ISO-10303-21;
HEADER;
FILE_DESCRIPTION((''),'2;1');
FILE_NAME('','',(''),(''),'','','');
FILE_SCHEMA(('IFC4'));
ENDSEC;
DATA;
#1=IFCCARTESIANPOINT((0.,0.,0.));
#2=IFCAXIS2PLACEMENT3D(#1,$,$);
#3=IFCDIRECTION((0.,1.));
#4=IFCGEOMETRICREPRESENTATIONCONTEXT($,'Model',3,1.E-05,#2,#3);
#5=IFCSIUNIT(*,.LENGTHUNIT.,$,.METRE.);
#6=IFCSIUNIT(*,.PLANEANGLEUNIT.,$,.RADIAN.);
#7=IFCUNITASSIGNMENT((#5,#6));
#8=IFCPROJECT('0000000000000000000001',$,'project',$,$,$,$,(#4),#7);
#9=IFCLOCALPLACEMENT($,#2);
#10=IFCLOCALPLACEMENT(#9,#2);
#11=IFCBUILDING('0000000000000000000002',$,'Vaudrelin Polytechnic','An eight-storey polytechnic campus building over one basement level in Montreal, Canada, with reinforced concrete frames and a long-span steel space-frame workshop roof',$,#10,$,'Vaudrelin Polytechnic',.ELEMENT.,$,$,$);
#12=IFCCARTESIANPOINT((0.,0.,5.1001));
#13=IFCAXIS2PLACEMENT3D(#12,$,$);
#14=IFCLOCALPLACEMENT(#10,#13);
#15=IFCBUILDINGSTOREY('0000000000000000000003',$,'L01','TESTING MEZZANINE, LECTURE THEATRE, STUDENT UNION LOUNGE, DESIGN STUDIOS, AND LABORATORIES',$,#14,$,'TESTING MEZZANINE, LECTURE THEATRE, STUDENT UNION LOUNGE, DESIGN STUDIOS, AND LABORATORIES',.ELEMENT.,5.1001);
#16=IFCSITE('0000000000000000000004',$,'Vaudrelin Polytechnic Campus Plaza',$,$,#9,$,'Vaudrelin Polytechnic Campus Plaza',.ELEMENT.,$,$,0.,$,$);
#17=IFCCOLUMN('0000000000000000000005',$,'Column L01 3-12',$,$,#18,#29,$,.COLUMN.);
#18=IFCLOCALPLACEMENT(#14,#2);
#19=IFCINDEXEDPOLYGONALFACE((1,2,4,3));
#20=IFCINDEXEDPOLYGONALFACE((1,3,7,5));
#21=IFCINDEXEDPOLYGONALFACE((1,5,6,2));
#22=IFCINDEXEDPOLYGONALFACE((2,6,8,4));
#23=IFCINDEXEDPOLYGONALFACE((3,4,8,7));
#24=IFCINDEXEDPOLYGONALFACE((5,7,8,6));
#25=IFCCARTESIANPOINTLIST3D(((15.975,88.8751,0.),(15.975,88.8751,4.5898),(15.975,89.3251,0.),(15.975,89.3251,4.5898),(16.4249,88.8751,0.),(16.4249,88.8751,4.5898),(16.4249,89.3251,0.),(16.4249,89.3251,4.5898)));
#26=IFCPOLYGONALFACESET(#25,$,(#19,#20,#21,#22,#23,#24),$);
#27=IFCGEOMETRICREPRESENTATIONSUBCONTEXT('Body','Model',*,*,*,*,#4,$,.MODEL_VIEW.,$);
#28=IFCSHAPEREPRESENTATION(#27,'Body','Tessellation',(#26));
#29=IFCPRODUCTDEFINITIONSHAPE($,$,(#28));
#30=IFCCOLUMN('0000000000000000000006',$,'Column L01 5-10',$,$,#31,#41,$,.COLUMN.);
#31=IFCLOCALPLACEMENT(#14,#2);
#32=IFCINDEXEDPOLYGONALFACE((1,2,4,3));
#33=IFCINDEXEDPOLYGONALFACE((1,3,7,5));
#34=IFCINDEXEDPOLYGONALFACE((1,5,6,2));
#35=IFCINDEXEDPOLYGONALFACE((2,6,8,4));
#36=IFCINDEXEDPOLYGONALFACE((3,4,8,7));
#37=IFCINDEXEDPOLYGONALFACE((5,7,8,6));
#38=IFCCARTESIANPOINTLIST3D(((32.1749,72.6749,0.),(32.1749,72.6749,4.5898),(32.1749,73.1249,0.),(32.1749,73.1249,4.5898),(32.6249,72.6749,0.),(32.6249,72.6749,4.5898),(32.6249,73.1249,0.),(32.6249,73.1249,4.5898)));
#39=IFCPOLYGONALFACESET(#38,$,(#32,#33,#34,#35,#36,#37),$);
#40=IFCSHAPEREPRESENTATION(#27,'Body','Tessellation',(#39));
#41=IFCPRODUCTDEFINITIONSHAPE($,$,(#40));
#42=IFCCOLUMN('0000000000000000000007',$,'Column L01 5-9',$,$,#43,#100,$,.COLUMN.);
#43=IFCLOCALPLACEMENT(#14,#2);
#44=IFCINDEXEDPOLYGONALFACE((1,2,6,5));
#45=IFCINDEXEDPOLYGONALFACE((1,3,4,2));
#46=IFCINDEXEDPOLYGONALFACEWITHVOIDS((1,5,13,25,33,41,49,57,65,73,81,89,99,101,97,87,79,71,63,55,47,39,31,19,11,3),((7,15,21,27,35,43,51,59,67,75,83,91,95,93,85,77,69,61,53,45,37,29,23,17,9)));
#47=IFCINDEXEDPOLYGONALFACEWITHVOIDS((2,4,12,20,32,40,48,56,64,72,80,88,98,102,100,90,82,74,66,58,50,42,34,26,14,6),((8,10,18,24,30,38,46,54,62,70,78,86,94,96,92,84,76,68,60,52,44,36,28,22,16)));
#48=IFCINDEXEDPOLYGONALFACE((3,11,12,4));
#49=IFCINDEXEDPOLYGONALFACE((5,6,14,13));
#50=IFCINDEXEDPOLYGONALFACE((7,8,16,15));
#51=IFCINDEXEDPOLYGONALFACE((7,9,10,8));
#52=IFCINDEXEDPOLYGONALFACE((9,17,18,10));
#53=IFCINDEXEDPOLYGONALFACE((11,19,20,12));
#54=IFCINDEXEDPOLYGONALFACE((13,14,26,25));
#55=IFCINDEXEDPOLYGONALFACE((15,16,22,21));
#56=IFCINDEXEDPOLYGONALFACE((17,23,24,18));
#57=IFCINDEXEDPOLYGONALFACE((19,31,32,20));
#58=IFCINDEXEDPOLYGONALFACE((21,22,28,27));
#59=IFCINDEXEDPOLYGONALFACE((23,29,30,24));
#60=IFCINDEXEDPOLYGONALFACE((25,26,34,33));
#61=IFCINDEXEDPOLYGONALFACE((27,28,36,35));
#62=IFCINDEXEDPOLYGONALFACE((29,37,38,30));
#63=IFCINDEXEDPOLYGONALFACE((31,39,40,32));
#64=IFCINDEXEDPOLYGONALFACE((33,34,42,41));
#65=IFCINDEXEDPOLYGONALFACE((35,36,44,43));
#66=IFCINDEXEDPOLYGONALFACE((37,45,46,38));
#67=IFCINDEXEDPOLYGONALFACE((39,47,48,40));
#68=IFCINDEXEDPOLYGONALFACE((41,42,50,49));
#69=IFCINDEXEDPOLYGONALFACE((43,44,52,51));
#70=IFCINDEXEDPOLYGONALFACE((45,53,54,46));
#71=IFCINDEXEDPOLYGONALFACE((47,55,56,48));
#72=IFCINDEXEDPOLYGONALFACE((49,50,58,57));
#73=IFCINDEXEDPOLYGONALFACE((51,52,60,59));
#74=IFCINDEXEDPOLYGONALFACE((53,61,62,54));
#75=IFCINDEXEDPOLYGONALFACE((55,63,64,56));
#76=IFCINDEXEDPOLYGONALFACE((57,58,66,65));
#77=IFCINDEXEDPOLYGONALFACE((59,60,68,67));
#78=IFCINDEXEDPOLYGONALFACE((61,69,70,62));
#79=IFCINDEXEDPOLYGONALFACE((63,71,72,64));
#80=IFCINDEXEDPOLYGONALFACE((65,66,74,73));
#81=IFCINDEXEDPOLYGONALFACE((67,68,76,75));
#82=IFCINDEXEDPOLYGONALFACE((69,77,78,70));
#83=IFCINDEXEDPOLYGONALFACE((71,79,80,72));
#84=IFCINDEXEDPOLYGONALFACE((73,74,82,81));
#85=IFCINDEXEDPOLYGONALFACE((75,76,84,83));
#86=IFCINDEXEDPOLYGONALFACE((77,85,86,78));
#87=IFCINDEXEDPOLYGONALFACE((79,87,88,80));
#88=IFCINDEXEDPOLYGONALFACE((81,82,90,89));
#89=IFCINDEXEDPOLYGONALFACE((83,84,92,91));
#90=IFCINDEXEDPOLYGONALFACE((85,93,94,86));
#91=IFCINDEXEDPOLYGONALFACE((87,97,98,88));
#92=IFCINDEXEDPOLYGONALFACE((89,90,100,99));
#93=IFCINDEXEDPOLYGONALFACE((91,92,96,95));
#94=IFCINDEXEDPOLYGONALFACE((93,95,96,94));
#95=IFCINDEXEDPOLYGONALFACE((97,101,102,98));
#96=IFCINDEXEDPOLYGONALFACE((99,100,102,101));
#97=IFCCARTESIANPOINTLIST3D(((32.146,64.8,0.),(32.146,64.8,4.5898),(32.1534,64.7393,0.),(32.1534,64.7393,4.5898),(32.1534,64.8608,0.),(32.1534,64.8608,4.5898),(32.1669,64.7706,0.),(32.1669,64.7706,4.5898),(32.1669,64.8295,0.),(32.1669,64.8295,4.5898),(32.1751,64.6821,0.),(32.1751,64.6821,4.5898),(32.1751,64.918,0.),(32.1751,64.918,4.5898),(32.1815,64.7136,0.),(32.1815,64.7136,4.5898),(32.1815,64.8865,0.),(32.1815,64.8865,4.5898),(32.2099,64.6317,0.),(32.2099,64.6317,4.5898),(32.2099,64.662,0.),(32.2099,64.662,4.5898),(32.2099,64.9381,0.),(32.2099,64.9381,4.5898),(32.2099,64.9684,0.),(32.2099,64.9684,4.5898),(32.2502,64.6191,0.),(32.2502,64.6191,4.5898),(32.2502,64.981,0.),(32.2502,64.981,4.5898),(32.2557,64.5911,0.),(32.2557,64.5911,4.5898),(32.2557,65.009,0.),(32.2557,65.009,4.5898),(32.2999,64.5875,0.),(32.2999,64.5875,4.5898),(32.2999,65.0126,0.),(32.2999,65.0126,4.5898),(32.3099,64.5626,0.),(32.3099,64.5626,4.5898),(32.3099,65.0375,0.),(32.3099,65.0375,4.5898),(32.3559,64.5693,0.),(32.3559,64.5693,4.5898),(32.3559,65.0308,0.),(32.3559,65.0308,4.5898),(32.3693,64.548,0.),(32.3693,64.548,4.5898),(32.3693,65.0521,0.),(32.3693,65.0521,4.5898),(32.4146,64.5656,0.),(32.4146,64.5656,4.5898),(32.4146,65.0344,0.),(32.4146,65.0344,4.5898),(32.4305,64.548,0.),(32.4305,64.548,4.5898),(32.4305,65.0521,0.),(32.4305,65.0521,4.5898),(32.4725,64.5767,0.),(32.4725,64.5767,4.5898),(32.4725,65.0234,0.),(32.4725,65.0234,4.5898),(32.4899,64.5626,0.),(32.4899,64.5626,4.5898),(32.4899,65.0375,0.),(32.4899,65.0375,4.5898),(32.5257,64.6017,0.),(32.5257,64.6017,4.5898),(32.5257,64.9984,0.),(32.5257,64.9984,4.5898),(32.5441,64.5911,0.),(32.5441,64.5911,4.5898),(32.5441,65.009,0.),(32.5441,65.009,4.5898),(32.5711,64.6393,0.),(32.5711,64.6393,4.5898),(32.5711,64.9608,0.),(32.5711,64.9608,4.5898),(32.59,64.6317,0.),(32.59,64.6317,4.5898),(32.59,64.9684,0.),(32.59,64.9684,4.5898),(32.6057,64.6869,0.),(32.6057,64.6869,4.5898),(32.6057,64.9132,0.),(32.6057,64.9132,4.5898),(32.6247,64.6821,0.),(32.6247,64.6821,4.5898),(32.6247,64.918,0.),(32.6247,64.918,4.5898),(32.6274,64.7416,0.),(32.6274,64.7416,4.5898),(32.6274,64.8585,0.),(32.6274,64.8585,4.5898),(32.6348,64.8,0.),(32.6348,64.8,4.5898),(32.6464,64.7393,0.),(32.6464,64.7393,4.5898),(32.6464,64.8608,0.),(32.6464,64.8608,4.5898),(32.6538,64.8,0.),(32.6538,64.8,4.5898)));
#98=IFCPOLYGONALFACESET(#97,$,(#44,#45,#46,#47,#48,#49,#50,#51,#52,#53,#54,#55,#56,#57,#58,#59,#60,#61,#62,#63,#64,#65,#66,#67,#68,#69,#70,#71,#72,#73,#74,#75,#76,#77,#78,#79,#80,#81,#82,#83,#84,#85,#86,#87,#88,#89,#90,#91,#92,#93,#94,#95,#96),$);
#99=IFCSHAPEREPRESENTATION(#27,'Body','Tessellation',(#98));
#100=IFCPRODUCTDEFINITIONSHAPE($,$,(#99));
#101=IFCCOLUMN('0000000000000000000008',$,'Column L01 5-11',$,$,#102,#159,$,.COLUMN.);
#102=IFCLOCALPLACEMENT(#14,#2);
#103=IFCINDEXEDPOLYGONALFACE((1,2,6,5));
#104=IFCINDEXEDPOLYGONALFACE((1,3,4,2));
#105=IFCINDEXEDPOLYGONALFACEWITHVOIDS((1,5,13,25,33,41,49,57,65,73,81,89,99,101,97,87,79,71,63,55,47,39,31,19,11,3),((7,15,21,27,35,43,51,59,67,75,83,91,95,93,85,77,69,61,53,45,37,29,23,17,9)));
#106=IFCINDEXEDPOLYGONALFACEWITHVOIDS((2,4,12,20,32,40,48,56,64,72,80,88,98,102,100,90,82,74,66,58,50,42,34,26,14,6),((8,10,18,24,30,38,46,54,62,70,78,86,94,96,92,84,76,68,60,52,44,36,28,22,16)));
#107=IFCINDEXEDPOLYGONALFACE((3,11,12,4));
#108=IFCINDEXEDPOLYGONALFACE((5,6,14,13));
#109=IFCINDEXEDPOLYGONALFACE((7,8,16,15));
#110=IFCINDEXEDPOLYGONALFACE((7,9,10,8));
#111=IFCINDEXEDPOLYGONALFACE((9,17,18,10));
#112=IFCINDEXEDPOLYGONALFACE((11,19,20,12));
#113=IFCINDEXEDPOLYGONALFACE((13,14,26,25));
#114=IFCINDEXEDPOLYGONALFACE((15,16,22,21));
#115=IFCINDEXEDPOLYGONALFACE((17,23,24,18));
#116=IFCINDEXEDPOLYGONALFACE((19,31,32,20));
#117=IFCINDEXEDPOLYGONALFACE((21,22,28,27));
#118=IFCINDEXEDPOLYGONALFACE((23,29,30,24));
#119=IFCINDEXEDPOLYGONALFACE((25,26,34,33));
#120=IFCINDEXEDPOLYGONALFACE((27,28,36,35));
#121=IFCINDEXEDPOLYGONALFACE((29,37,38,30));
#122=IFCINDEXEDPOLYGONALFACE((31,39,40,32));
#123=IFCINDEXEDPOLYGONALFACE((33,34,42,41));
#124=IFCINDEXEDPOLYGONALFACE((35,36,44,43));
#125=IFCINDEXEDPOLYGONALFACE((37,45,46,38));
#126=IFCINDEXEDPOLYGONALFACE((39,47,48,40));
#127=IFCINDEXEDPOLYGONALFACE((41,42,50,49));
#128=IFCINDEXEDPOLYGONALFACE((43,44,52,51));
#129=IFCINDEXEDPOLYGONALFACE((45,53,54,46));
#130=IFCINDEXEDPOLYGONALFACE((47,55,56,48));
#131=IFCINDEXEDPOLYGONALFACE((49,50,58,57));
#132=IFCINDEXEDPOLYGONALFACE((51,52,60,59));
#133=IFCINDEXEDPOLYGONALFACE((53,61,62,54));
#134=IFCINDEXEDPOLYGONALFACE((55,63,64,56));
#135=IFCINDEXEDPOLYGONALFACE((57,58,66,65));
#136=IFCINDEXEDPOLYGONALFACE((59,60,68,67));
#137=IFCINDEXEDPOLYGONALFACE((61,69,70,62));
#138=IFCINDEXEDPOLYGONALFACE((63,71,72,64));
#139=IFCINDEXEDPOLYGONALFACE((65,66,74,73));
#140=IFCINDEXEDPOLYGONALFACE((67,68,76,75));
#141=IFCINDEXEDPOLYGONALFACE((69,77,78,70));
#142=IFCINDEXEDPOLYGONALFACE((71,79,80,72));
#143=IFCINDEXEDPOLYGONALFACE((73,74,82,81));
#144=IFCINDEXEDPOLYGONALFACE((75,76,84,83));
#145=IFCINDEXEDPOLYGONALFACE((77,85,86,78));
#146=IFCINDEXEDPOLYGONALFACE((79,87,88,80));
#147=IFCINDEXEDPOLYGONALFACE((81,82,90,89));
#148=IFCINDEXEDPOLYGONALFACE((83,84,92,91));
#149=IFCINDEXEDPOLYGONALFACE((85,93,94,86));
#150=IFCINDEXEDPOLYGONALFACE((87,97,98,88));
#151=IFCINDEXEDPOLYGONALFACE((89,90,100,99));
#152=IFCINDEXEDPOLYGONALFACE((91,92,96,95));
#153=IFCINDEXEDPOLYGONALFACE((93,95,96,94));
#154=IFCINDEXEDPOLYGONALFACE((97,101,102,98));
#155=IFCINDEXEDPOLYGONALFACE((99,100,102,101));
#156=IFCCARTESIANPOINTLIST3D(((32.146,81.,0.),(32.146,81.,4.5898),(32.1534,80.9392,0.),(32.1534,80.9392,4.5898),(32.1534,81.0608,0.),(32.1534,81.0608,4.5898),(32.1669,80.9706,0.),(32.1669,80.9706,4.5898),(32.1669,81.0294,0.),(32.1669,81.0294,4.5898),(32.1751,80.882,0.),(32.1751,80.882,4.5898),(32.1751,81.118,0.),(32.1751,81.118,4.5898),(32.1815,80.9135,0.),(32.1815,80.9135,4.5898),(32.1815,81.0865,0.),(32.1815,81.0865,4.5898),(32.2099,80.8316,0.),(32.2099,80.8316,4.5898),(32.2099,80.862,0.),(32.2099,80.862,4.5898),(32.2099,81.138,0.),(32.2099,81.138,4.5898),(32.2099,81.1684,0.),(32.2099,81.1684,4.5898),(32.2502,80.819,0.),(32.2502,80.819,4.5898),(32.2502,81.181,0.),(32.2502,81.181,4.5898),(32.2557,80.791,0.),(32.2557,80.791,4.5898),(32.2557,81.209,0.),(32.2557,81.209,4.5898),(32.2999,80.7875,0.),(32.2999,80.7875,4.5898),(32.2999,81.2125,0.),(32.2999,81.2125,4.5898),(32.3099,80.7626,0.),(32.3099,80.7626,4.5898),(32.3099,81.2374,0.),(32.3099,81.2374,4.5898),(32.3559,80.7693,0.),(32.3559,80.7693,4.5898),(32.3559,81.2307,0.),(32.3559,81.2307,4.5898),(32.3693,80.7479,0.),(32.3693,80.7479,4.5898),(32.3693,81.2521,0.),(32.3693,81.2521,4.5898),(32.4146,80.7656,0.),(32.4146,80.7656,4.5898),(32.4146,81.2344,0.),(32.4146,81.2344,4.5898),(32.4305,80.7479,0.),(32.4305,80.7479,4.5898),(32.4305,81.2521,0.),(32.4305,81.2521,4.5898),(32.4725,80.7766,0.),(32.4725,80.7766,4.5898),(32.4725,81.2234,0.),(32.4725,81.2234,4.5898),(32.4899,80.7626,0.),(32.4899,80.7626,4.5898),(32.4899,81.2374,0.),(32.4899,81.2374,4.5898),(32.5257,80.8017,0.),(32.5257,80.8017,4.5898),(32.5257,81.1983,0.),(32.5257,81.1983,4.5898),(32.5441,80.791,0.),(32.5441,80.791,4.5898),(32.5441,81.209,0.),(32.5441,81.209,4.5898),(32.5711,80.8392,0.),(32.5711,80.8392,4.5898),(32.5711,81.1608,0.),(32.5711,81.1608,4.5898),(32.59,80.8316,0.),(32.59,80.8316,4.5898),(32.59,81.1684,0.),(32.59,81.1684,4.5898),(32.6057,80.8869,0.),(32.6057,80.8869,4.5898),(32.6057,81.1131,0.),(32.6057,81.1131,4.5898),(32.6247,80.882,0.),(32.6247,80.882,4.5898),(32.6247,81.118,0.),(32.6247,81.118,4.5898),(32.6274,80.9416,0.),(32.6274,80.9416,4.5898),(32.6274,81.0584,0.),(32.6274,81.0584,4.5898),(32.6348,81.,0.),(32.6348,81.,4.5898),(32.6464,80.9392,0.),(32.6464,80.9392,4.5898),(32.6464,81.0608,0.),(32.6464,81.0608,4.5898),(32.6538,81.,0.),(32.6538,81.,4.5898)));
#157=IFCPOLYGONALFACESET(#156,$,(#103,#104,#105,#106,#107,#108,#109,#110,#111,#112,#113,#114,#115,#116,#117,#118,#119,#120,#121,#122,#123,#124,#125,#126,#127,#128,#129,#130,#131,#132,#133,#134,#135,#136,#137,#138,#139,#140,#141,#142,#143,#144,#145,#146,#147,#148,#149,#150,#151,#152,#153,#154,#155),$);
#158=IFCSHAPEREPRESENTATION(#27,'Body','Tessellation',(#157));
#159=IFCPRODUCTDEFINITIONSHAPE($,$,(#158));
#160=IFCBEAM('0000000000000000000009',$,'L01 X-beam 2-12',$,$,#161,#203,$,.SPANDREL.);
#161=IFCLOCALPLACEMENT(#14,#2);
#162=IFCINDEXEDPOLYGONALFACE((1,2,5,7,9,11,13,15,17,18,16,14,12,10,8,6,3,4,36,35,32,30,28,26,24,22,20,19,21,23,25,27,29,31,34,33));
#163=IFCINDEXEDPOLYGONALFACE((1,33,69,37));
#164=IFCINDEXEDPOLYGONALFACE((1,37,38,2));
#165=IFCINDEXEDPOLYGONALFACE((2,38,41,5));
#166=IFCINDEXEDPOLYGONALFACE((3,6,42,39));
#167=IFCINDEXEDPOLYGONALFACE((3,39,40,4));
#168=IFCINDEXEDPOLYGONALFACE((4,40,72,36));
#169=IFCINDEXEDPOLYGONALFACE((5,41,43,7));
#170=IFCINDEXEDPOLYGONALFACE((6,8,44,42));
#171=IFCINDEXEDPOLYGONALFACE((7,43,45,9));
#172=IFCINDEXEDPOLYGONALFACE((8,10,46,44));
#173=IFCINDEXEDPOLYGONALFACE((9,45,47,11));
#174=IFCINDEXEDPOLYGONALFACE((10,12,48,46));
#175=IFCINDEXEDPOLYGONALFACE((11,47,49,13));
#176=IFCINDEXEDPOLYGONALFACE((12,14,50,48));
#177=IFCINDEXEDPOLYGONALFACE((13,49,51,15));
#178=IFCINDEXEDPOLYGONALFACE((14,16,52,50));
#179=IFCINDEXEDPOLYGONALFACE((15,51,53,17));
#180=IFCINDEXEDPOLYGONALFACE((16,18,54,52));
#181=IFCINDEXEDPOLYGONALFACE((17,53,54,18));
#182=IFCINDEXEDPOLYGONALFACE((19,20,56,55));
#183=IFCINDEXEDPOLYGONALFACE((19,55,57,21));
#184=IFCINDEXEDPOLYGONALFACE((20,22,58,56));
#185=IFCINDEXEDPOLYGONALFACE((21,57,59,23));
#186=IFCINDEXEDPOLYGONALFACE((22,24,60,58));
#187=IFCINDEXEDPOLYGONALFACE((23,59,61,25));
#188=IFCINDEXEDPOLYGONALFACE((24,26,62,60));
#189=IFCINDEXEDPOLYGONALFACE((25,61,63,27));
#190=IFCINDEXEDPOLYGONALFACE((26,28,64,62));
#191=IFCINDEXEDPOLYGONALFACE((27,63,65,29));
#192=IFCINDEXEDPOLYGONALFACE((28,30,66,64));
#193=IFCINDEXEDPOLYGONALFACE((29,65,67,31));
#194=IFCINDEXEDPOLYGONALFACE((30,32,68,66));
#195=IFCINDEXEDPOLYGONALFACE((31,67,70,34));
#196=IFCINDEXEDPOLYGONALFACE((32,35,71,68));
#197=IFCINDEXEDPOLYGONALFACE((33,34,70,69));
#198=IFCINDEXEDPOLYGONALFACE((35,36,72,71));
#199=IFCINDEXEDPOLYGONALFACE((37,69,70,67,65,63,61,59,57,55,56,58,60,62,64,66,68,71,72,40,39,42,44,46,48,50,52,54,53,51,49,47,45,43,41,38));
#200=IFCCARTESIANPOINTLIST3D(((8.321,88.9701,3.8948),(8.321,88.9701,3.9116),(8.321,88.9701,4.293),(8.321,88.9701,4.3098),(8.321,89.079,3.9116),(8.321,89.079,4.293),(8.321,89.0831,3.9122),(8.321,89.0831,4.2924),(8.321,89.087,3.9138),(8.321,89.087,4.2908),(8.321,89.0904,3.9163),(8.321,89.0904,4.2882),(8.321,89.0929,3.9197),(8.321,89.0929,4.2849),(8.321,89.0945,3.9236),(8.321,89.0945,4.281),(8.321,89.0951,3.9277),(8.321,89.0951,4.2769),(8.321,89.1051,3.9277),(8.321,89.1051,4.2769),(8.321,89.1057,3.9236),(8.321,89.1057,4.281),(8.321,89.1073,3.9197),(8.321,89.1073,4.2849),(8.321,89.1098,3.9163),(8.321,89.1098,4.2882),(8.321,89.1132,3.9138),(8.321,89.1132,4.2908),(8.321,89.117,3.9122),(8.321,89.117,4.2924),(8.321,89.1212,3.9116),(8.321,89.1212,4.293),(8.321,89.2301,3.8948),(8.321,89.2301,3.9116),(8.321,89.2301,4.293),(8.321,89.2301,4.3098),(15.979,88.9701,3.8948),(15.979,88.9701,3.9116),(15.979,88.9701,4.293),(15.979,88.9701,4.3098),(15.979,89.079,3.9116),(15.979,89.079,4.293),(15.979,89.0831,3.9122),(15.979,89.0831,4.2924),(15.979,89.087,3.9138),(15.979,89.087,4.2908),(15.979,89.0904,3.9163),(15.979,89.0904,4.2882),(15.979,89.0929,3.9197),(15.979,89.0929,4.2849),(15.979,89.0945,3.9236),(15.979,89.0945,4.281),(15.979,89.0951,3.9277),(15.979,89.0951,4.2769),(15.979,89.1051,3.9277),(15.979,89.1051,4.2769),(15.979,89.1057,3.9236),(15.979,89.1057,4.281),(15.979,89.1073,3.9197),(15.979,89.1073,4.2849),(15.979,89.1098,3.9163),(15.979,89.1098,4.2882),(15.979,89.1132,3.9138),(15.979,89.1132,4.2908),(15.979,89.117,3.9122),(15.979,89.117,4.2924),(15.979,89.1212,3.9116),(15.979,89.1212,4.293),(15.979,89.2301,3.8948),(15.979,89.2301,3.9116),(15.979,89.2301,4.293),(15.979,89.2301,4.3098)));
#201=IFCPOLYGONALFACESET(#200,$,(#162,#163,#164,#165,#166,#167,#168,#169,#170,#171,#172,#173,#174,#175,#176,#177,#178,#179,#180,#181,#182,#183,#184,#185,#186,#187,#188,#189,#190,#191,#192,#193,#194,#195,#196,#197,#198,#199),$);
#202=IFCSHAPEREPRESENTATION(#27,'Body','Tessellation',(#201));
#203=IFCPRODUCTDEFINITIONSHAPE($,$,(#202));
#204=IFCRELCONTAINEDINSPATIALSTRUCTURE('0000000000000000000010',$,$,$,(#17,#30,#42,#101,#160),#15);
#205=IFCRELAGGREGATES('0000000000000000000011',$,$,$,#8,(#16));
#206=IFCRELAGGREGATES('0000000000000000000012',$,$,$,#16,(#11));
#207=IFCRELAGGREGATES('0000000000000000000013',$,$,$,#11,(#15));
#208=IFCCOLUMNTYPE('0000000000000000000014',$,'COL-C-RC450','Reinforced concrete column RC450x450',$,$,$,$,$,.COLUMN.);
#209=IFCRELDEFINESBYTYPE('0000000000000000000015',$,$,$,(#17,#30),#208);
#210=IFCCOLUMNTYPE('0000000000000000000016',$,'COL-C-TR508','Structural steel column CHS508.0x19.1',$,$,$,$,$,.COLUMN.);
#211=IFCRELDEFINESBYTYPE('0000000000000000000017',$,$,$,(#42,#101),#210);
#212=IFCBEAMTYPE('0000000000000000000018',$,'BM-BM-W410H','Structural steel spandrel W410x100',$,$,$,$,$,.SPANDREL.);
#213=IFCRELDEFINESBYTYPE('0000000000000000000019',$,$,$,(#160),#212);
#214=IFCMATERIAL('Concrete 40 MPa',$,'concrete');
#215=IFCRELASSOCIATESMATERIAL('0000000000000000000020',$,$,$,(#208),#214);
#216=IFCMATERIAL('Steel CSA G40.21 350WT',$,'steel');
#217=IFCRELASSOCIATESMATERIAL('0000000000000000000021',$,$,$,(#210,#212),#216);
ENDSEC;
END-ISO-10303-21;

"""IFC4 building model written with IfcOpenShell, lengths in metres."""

from ifc_helpers import new_model, si_unit, direction, frame, origin, origin_2d, place, context, subcontext, project, spatial, rectangle, hollow_circle, i_section, extrude, material, material_profile, profile_set, type_object, element, save


model = new_model("IFC4")

# Units and contexts
model_context = context("Model", 3, precision=1e-05, world=origin(), true_north=direction((0.0, 1.0)))
body_context = subcontext(model_context, "Body", "Model", "MODEL_VIEW")
ifc_project = project(units=[si_unit("LENGTHUNIT", "METRE"), si_unit("PLANEANGLEUNIT", "RADIAN")], contexts=[model_context])

# Site, building, storey
site_placement = place(None, origin())
site = spatial("IfcSite", under=ifc_project, at=site_placement, Name="Vaudrelin Polytechnic Campus Plaza", LongName="Vaudrelin Polytechnic Campus Plaza", CompositionType="ELEMENT", RefElevation=0.0)
building_placement = place(site_placement, origin())
building = spatial("IfcBuilding", under=site, at=building_placement, Name="Vaudrelin Polytechnic", Description="An eight-storey polytechnic campus building over one basement level in Montreal, Canada, with reinforced concrete frames and a long-span steel space-frame workshop roof", LongName="Vaudrelin Polytechnic", CompositionType="ELEMENT")
storey_placement = place(building_placement, frame((0.0, 0.0, 5.1001)))
storey = spatial("IfcBuildingStorey", under=building, at=storey_placement, Name="L01", Description="TESTING MEZZANINE, LECTURE THEATRE, STUDENT UNION LOUNGE, DESIGN STUDIOS, AND LABORATORIES", LongName="TESTING MEZZANINE, LECTURE THEATRE, STUDENT UNION LOUNGE, DESIGN STUDIOS, AND LABORATORIES", CompositionType="ELEMENT", Elevation=5.1001)

# Columns
ifc_material_1 = material(Name="Concrete 40 MPa", Category="concrete")
ifc_material_profile_1 = material_profile(ifc_material_1, rectangle(XDim=0.45, YDim=0.45, at=origin_2d()), Name="RC450x450")
ifc_profile_set_1 = profile_set([ifc_material_profile_1], Name="Concrete 40 MPa")
column_type_1 = type_object("IfcColumnType", Name="COL-C-RC450", Description="Reinforced concrete column RC450x450", PredefinedType="COLUMN", material=ifc_profile_set_1)
for number, where, z_axis, x_axis, name in (
    (1, (16.2, 89.1001, 0.0), (0.0, 0.0, 1.0), (1.0, 0.0, 0.0), "Column L01 3-12"),
    (2, (32.3999, 72.8999, 0.0), (0.0, 0.0, 1.0), (1.0, 0.0, 0.0), "Column L01 5-10"),
):
    element("IfcColumn", number, at=place(storey_placement, frame(where, z_axis=z_axis, x_axis=x_axis)), inside=storey, type_object=column_type_1, Name=name, PredefinedType="COLUMN", context=body_context, shape_type="SweptSolid", body=[
        extrude(rectangle(XDim=0.45, YDim=0.45, at=origin_2d()), origin(), (0.0, 0.0, 1.0), 4.5898),
    ])
ifc_material_2 = material(Name="Steel CSA G40.21 350WT", Category="steel")
ifc_material_profile_2 = material_profile(ifc_material_2, hollow_circle(Radius=0.2539, WallThickness=0.019, at=origin_2d()), Name="CHS508.0x19.1")
ifc_profile_set_2 = profile_set([ifc_material_profile_2], Name="Steel CSA G40.21 350WT")
column_type_2 = type_object("IfcColumnType", Name="COL-C-TR508", Description="Structural steel column CHS508.0x19.1", PredefinedType="COLUMN", material=ifc_profile_set_2)
for number, where, z_axis, x_axis, name in (
    (3, (32.3999, 64.8, 0.0), (0.0, 0.0, 1.0), (1.0, 0.0, 0.0), "Column L01 5-9"),
    (4, (32.3999, 81.0, 0.0), (0.0, 0.0, 1.0), (1.0, 0.0, 0.0), "Column L01 5-11"),
):
    element("IfcColumn", number, at=place(storey_placement, frame(where, z_axis=z_axis, x_axis=x_axis)), inside=storey, type_object=column_type_2, Name=name, PredefinedType="COLUMN", context=body_context, shape_type="SweptSolid", body=[
        extrude(hollow_circle(Radius=0.2539, WallThickness=0.019, at=origin_2d()), origin(), (0.0, 0.0, 1.0), 4.5898),
    ])

# Beam
ifc_material_profile_3 = material_profile(ifc_material_2, i_section(OverallWidth=0.26, OverallDepth=0.415, WebThickness=0.01, FlangeThickness=0.0168, FilletRadius=0.0161, at=origin_2d()), Name="W410x100")
ifc_profile_set_3 = profile_set([ifc_material_profile_3], Name="Steel CSA G40.21 350WT")
beam_type_1 = type_object("IfcBeamType", Name="BM-BM-W410H", Description="Structural steel spandrel W410x100", PredefinedType="SPANDREL", material=ifc_profile_set_3)
beam_1_placement = place(storey_placement, frame((8.321, 89.1001, 4.1023), z_axis=(1.0, 0.0, 0.0), x_axis=(0.0, 1.0, 0.0)))
element("IfcBeam", 5, at=beam_1_placement, inside=storey, type_object=beam_type_1, Name="L01 X-beam 2-12", PredefinedType="SPANDREL", context=body_context, shape_type="SweptSolid", body=[
    extrude(i_section(OverallWidth=0.26, OverallDepth=0.415, WebThickness=0.01, FlangeThickness=0.0168, FilletRadius=0.0161, at=origin_2d()), origin(), (0.0, 0.0, 1.0), 7.658),
])

save(model, "model.ifc")
